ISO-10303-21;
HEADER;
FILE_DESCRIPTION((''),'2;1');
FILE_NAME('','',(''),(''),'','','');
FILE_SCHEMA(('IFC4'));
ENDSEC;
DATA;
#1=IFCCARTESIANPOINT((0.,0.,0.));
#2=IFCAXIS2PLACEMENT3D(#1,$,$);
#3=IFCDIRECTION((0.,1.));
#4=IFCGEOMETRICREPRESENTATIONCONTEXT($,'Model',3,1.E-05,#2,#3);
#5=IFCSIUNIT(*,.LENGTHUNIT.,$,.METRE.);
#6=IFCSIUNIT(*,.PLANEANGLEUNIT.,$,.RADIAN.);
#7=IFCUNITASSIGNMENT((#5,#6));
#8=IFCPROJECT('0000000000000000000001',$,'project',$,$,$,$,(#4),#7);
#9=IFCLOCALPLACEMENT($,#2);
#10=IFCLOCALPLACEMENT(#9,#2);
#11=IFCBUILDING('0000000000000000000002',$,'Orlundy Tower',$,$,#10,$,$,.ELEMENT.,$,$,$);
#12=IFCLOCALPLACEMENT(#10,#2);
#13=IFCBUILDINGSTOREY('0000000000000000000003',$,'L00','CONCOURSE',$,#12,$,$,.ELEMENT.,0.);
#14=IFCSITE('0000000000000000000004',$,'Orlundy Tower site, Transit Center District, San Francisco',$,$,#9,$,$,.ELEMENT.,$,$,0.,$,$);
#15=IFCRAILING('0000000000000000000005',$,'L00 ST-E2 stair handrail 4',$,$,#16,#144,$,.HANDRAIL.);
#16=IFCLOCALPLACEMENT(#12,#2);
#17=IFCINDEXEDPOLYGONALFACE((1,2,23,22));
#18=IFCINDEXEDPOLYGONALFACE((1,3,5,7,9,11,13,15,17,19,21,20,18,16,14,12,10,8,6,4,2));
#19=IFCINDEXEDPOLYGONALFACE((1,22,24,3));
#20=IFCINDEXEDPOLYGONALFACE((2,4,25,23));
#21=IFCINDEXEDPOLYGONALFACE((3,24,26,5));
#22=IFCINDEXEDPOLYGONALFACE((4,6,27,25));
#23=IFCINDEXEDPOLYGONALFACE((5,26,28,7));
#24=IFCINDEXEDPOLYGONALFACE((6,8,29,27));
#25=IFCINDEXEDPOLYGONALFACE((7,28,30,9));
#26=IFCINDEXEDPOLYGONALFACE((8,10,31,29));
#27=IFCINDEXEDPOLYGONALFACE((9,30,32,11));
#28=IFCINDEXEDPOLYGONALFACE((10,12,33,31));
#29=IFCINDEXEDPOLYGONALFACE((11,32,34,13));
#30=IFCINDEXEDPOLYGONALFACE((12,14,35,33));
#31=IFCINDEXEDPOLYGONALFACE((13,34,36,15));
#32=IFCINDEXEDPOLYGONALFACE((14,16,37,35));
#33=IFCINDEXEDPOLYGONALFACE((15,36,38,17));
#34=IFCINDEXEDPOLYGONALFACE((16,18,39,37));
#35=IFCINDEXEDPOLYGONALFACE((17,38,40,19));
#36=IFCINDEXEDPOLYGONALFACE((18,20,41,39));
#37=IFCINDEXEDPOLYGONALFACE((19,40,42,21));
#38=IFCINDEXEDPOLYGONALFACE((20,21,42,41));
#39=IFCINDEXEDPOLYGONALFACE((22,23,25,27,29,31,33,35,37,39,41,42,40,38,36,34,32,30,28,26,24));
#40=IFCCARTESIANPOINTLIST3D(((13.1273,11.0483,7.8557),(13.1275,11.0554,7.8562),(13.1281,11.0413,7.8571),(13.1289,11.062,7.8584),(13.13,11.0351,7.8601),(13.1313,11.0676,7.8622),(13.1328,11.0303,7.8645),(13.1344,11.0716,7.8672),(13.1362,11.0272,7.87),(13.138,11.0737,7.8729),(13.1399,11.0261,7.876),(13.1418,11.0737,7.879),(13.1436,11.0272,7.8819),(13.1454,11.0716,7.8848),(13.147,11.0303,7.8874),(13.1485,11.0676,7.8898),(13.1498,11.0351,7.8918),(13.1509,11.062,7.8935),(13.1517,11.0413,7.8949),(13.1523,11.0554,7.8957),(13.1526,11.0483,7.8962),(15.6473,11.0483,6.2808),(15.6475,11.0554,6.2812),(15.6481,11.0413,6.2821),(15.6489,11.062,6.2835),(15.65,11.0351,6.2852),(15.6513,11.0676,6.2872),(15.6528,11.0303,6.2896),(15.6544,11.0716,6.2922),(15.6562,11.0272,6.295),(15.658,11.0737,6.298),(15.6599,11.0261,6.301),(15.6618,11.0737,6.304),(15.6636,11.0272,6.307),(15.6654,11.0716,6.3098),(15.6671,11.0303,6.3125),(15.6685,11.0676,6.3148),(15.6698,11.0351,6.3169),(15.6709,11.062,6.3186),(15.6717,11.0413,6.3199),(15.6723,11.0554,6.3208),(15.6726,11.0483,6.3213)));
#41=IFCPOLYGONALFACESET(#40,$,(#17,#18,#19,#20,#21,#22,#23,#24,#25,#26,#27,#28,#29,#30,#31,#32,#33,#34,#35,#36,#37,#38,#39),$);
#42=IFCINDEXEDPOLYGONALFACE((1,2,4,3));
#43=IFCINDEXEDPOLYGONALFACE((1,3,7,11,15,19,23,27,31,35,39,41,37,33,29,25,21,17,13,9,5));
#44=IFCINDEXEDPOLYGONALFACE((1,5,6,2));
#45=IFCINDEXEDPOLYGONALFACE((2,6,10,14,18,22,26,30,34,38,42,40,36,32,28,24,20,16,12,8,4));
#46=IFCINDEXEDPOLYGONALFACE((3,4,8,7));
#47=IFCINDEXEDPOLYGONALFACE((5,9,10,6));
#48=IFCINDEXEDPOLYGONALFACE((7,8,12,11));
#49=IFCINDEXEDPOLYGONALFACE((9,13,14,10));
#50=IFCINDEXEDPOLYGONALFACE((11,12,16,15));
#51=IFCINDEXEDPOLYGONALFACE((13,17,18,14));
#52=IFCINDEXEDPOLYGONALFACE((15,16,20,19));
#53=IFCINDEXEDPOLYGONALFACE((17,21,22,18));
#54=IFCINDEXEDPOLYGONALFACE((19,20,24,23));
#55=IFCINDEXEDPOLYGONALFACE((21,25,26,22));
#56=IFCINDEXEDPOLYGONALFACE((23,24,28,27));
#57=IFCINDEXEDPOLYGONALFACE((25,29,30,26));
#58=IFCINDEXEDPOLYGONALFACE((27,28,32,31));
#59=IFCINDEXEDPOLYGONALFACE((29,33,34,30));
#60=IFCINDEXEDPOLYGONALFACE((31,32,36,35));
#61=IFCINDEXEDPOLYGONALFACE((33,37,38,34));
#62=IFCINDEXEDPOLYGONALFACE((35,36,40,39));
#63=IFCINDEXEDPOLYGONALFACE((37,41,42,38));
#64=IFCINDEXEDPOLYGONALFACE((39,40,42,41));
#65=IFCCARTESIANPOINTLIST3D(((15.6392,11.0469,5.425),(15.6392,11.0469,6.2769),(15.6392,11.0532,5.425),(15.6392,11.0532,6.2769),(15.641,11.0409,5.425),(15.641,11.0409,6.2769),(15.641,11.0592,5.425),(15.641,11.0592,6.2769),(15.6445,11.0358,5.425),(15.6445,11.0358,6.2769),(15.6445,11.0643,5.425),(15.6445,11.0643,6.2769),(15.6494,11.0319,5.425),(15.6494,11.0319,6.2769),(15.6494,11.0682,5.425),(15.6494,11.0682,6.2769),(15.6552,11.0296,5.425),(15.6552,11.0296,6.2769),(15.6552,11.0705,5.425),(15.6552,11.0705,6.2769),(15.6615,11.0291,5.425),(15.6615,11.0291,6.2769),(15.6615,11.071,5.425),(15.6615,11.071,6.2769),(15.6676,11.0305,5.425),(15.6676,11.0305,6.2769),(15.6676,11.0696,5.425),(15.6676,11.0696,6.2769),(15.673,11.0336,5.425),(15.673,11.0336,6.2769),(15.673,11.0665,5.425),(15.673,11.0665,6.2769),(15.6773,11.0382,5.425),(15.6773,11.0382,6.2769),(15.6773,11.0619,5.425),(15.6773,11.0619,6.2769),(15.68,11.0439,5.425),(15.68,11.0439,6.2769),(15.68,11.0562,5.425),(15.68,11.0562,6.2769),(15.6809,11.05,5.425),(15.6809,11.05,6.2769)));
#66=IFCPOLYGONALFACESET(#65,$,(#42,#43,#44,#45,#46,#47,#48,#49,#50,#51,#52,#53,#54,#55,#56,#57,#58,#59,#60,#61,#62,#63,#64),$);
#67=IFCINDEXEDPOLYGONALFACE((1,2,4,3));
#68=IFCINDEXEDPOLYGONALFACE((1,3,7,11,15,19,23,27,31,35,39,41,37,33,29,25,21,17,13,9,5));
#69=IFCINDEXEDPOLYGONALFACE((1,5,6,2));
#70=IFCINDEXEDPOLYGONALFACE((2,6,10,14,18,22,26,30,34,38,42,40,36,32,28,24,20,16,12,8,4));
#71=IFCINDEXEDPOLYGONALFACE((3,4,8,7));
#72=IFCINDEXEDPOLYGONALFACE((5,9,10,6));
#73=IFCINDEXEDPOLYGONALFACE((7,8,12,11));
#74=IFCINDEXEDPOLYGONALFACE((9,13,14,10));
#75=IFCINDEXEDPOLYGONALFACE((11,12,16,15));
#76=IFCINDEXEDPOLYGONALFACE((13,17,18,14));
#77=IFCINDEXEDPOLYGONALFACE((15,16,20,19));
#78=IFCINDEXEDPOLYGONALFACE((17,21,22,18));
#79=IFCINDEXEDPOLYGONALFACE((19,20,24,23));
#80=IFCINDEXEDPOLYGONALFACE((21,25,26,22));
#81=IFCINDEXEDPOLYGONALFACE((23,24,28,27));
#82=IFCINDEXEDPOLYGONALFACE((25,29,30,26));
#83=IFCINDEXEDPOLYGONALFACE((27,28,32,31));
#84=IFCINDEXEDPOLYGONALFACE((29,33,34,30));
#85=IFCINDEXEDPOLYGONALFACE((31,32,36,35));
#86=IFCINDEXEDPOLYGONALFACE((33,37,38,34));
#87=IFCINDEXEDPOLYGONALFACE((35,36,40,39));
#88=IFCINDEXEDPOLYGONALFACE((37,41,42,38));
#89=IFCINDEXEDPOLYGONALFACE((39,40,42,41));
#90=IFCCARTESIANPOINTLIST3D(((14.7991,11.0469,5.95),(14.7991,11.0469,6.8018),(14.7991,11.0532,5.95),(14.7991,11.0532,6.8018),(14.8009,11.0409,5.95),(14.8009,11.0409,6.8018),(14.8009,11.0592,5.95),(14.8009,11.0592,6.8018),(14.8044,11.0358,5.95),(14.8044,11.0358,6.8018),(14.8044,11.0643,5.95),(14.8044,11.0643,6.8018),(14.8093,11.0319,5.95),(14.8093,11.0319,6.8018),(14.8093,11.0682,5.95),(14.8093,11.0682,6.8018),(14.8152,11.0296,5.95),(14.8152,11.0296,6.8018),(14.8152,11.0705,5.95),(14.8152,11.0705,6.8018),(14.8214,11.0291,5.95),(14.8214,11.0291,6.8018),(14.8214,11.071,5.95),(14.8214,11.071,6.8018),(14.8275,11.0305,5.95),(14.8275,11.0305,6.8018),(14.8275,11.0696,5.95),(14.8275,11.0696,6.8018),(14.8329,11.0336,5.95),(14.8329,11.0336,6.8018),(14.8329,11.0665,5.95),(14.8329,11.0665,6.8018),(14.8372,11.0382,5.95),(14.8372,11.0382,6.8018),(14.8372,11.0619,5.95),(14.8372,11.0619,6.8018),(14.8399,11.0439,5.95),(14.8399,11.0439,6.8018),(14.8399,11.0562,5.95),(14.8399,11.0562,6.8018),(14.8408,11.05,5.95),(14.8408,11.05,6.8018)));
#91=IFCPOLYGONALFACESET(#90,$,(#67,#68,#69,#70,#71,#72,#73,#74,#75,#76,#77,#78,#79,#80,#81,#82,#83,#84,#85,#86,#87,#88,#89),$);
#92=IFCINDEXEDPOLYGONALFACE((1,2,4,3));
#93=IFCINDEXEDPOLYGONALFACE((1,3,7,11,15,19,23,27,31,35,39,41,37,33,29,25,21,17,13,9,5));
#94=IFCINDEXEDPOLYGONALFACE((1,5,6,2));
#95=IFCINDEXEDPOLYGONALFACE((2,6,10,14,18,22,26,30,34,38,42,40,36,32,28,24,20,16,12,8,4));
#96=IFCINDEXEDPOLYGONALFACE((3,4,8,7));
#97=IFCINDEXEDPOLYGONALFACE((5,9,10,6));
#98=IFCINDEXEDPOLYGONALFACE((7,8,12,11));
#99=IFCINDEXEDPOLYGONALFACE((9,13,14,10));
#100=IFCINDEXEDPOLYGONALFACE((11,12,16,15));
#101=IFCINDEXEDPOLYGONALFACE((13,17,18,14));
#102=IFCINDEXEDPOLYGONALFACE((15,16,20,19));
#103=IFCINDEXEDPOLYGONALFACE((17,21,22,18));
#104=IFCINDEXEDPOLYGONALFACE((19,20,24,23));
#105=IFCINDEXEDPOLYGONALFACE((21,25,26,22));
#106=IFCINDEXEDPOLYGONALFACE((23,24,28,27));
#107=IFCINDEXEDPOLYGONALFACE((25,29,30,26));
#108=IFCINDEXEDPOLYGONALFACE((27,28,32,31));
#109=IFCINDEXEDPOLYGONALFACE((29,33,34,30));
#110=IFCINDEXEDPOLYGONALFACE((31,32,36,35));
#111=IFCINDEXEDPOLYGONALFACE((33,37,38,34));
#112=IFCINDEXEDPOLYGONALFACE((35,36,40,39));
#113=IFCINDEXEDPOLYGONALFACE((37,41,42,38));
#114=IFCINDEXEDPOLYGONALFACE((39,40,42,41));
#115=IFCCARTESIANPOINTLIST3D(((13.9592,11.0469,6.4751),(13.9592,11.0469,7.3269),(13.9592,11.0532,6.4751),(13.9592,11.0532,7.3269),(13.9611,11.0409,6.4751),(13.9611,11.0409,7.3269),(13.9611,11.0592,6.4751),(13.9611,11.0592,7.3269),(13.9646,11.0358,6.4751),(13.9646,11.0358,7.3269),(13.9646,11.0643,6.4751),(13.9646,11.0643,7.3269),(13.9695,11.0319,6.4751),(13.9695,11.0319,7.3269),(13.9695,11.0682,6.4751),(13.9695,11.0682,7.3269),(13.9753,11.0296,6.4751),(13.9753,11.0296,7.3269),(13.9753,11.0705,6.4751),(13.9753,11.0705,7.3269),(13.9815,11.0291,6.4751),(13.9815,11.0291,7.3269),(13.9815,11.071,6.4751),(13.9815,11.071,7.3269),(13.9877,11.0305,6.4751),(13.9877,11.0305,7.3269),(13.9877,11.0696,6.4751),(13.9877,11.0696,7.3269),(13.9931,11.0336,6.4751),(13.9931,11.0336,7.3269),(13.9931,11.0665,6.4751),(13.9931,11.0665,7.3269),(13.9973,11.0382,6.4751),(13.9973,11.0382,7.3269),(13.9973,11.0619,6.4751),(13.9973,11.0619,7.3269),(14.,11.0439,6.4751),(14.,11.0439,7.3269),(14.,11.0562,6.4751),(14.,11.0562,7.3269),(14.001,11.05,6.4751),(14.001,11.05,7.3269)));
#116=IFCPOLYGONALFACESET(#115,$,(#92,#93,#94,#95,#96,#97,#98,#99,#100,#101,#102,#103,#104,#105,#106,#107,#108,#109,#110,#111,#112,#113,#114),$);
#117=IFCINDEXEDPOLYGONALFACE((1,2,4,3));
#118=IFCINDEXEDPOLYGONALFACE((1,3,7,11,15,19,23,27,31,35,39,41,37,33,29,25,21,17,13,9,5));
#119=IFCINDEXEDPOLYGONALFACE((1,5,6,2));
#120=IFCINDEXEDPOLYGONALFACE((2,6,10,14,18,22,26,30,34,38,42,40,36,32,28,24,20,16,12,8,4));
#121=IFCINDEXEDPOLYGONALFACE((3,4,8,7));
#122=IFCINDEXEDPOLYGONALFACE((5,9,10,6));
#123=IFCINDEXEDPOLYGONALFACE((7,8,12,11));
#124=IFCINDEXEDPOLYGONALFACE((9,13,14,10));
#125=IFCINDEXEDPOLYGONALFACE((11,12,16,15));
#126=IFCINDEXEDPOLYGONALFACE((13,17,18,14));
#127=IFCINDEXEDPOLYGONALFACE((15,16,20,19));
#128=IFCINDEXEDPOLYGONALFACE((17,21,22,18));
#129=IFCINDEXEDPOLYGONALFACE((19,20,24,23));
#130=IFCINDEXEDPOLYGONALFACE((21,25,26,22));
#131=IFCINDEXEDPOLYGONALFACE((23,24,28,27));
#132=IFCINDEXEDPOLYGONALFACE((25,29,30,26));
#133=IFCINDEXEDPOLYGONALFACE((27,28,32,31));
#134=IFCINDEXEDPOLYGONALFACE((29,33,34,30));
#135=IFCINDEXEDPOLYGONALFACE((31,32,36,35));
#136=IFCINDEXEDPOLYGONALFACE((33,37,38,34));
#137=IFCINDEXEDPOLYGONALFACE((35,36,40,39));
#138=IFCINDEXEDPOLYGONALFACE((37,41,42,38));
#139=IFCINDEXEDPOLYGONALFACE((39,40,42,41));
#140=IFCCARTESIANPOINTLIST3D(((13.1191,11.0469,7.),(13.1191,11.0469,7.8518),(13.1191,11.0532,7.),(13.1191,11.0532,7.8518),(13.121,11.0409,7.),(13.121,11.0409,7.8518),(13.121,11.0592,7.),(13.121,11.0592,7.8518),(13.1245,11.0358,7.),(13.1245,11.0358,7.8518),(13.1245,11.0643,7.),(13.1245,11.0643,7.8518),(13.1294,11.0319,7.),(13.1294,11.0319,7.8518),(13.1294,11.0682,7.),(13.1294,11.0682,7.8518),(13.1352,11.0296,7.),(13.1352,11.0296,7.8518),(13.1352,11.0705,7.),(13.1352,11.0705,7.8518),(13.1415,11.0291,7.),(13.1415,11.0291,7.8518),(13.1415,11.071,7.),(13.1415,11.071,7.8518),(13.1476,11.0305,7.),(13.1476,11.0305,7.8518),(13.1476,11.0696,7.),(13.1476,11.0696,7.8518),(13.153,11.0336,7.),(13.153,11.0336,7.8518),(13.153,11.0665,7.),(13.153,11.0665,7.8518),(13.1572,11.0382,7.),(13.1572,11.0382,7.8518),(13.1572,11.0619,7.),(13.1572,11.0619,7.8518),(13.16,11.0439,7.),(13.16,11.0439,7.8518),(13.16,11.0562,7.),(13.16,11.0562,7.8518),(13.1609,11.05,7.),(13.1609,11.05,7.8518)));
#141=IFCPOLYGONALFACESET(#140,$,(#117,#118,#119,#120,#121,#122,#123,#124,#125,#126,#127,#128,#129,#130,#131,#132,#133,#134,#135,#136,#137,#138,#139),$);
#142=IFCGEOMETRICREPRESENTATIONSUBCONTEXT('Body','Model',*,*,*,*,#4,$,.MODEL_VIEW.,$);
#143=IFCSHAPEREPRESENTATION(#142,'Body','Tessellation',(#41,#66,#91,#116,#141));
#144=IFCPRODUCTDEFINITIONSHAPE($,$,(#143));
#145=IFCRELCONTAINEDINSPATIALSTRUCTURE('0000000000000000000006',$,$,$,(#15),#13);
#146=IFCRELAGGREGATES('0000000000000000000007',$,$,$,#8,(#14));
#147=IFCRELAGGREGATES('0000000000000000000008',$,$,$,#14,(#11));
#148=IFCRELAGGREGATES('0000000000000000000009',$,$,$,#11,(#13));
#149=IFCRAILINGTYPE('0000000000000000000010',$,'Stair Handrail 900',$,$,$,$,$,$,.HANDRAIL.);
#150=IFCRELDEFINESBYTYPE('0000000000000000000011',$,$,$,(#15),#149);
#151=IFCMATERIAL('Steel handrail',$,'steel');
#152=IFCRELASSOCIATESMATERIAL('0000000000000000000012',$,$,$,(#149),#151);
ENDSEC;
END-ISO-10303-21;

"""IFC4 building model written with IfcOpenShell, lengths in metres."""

from ifc_helpers import new_model, si_unit, direction, frame, origin, origin_2d, place, context, subcontext, project, spatial, circle, extrude, material, type_object, element, save


model = new_model("IFC4")

# Units and contexts
model_context = context("Model", 3, precision=1e-05, world=origin(), true_north=direction((0.0, 1.0)))
body_context = subcontext(model_context, "Body", "Model", "MODEL_VIEW")
ifc_project = project(units=[si_unit("LENGTHUNIT", "METRE"), si_unit("PLANEANGLEUNIT", "RADIAN")], contexts=[model_context])

# Site, building, storey
site_placement = place(None, origin())
site = spatial("IfcSite", under=ifc_project, at=site_placement, Name="Orlundy Tower site, Transit Center District, San Francisco", CompositionType="ELEMENT", RefElevation=0.0)
building_placement = place(site_placement, origin())
building = spatial("IfcBuilding", under=site, at=building_placement, Name="Orlundy Tower", CompositionType="ELEMENT")
storey_placement = place(building_placement, origin())
storey = spatial("IfcBuildingStorey", under=building, at=storey_placement, Name="L00", Description="CONCOURSE", CompositionType="ELEMENT", Elevation=0.0)

# Railing
ifc_material_1 = material(Name="Steel handrail", Category="steel")
railing_type = type_object("IfcRailingType", Name="Stair Handrail 900", PredefinedType="HANDRAIL", material=ifc_material_1)
for number, where, name in (
    (1, (15.6599, 11.05, 5.425), "L00 ST-E2 stair handrail 4"),
):
    element("IfcRailing", number, at=place(storey_placement, frame(where)), inside=storey, type_object=railing_type, Name=name, PredefinedType="HANDRAIL", context=body_context, shape_type="SweptSolid", body=[
        extrude(circle(Radius=0.0239, at=origin_2d()), frame((0.0, 0.0, 0.876), z_axis=(-0.848008, 0.0, 0.529984), x_axis=(0.0, -1.0, 0.0)), (0.0, 0.0, 1.0), 2.9717),
        extrude(circle(Radius=0.021, at=origin_2d()), origin(), (0.0, 0.0, 1.0), 0.8518),
        extrude(circle(Radius=0.021, at=origin_2d()), frame((-0.8401, 0.0, 0.5249)), (0.0, 0.0, 1.0), 0.8518),
        extrude(circle(Radius=0.021, at=origin_2d()), frame((-1.6799, 0.0, 1.05)), (0.0, 0.0, 1.0), 0.8518),
        extrude(circle(Radius=0.021, at=origin_2d()), frame((-2.52, 0.0, 1.575)), (0.0, 0.0, 1.0), 0.8518),
    ])

save(model, "model.ifc")
